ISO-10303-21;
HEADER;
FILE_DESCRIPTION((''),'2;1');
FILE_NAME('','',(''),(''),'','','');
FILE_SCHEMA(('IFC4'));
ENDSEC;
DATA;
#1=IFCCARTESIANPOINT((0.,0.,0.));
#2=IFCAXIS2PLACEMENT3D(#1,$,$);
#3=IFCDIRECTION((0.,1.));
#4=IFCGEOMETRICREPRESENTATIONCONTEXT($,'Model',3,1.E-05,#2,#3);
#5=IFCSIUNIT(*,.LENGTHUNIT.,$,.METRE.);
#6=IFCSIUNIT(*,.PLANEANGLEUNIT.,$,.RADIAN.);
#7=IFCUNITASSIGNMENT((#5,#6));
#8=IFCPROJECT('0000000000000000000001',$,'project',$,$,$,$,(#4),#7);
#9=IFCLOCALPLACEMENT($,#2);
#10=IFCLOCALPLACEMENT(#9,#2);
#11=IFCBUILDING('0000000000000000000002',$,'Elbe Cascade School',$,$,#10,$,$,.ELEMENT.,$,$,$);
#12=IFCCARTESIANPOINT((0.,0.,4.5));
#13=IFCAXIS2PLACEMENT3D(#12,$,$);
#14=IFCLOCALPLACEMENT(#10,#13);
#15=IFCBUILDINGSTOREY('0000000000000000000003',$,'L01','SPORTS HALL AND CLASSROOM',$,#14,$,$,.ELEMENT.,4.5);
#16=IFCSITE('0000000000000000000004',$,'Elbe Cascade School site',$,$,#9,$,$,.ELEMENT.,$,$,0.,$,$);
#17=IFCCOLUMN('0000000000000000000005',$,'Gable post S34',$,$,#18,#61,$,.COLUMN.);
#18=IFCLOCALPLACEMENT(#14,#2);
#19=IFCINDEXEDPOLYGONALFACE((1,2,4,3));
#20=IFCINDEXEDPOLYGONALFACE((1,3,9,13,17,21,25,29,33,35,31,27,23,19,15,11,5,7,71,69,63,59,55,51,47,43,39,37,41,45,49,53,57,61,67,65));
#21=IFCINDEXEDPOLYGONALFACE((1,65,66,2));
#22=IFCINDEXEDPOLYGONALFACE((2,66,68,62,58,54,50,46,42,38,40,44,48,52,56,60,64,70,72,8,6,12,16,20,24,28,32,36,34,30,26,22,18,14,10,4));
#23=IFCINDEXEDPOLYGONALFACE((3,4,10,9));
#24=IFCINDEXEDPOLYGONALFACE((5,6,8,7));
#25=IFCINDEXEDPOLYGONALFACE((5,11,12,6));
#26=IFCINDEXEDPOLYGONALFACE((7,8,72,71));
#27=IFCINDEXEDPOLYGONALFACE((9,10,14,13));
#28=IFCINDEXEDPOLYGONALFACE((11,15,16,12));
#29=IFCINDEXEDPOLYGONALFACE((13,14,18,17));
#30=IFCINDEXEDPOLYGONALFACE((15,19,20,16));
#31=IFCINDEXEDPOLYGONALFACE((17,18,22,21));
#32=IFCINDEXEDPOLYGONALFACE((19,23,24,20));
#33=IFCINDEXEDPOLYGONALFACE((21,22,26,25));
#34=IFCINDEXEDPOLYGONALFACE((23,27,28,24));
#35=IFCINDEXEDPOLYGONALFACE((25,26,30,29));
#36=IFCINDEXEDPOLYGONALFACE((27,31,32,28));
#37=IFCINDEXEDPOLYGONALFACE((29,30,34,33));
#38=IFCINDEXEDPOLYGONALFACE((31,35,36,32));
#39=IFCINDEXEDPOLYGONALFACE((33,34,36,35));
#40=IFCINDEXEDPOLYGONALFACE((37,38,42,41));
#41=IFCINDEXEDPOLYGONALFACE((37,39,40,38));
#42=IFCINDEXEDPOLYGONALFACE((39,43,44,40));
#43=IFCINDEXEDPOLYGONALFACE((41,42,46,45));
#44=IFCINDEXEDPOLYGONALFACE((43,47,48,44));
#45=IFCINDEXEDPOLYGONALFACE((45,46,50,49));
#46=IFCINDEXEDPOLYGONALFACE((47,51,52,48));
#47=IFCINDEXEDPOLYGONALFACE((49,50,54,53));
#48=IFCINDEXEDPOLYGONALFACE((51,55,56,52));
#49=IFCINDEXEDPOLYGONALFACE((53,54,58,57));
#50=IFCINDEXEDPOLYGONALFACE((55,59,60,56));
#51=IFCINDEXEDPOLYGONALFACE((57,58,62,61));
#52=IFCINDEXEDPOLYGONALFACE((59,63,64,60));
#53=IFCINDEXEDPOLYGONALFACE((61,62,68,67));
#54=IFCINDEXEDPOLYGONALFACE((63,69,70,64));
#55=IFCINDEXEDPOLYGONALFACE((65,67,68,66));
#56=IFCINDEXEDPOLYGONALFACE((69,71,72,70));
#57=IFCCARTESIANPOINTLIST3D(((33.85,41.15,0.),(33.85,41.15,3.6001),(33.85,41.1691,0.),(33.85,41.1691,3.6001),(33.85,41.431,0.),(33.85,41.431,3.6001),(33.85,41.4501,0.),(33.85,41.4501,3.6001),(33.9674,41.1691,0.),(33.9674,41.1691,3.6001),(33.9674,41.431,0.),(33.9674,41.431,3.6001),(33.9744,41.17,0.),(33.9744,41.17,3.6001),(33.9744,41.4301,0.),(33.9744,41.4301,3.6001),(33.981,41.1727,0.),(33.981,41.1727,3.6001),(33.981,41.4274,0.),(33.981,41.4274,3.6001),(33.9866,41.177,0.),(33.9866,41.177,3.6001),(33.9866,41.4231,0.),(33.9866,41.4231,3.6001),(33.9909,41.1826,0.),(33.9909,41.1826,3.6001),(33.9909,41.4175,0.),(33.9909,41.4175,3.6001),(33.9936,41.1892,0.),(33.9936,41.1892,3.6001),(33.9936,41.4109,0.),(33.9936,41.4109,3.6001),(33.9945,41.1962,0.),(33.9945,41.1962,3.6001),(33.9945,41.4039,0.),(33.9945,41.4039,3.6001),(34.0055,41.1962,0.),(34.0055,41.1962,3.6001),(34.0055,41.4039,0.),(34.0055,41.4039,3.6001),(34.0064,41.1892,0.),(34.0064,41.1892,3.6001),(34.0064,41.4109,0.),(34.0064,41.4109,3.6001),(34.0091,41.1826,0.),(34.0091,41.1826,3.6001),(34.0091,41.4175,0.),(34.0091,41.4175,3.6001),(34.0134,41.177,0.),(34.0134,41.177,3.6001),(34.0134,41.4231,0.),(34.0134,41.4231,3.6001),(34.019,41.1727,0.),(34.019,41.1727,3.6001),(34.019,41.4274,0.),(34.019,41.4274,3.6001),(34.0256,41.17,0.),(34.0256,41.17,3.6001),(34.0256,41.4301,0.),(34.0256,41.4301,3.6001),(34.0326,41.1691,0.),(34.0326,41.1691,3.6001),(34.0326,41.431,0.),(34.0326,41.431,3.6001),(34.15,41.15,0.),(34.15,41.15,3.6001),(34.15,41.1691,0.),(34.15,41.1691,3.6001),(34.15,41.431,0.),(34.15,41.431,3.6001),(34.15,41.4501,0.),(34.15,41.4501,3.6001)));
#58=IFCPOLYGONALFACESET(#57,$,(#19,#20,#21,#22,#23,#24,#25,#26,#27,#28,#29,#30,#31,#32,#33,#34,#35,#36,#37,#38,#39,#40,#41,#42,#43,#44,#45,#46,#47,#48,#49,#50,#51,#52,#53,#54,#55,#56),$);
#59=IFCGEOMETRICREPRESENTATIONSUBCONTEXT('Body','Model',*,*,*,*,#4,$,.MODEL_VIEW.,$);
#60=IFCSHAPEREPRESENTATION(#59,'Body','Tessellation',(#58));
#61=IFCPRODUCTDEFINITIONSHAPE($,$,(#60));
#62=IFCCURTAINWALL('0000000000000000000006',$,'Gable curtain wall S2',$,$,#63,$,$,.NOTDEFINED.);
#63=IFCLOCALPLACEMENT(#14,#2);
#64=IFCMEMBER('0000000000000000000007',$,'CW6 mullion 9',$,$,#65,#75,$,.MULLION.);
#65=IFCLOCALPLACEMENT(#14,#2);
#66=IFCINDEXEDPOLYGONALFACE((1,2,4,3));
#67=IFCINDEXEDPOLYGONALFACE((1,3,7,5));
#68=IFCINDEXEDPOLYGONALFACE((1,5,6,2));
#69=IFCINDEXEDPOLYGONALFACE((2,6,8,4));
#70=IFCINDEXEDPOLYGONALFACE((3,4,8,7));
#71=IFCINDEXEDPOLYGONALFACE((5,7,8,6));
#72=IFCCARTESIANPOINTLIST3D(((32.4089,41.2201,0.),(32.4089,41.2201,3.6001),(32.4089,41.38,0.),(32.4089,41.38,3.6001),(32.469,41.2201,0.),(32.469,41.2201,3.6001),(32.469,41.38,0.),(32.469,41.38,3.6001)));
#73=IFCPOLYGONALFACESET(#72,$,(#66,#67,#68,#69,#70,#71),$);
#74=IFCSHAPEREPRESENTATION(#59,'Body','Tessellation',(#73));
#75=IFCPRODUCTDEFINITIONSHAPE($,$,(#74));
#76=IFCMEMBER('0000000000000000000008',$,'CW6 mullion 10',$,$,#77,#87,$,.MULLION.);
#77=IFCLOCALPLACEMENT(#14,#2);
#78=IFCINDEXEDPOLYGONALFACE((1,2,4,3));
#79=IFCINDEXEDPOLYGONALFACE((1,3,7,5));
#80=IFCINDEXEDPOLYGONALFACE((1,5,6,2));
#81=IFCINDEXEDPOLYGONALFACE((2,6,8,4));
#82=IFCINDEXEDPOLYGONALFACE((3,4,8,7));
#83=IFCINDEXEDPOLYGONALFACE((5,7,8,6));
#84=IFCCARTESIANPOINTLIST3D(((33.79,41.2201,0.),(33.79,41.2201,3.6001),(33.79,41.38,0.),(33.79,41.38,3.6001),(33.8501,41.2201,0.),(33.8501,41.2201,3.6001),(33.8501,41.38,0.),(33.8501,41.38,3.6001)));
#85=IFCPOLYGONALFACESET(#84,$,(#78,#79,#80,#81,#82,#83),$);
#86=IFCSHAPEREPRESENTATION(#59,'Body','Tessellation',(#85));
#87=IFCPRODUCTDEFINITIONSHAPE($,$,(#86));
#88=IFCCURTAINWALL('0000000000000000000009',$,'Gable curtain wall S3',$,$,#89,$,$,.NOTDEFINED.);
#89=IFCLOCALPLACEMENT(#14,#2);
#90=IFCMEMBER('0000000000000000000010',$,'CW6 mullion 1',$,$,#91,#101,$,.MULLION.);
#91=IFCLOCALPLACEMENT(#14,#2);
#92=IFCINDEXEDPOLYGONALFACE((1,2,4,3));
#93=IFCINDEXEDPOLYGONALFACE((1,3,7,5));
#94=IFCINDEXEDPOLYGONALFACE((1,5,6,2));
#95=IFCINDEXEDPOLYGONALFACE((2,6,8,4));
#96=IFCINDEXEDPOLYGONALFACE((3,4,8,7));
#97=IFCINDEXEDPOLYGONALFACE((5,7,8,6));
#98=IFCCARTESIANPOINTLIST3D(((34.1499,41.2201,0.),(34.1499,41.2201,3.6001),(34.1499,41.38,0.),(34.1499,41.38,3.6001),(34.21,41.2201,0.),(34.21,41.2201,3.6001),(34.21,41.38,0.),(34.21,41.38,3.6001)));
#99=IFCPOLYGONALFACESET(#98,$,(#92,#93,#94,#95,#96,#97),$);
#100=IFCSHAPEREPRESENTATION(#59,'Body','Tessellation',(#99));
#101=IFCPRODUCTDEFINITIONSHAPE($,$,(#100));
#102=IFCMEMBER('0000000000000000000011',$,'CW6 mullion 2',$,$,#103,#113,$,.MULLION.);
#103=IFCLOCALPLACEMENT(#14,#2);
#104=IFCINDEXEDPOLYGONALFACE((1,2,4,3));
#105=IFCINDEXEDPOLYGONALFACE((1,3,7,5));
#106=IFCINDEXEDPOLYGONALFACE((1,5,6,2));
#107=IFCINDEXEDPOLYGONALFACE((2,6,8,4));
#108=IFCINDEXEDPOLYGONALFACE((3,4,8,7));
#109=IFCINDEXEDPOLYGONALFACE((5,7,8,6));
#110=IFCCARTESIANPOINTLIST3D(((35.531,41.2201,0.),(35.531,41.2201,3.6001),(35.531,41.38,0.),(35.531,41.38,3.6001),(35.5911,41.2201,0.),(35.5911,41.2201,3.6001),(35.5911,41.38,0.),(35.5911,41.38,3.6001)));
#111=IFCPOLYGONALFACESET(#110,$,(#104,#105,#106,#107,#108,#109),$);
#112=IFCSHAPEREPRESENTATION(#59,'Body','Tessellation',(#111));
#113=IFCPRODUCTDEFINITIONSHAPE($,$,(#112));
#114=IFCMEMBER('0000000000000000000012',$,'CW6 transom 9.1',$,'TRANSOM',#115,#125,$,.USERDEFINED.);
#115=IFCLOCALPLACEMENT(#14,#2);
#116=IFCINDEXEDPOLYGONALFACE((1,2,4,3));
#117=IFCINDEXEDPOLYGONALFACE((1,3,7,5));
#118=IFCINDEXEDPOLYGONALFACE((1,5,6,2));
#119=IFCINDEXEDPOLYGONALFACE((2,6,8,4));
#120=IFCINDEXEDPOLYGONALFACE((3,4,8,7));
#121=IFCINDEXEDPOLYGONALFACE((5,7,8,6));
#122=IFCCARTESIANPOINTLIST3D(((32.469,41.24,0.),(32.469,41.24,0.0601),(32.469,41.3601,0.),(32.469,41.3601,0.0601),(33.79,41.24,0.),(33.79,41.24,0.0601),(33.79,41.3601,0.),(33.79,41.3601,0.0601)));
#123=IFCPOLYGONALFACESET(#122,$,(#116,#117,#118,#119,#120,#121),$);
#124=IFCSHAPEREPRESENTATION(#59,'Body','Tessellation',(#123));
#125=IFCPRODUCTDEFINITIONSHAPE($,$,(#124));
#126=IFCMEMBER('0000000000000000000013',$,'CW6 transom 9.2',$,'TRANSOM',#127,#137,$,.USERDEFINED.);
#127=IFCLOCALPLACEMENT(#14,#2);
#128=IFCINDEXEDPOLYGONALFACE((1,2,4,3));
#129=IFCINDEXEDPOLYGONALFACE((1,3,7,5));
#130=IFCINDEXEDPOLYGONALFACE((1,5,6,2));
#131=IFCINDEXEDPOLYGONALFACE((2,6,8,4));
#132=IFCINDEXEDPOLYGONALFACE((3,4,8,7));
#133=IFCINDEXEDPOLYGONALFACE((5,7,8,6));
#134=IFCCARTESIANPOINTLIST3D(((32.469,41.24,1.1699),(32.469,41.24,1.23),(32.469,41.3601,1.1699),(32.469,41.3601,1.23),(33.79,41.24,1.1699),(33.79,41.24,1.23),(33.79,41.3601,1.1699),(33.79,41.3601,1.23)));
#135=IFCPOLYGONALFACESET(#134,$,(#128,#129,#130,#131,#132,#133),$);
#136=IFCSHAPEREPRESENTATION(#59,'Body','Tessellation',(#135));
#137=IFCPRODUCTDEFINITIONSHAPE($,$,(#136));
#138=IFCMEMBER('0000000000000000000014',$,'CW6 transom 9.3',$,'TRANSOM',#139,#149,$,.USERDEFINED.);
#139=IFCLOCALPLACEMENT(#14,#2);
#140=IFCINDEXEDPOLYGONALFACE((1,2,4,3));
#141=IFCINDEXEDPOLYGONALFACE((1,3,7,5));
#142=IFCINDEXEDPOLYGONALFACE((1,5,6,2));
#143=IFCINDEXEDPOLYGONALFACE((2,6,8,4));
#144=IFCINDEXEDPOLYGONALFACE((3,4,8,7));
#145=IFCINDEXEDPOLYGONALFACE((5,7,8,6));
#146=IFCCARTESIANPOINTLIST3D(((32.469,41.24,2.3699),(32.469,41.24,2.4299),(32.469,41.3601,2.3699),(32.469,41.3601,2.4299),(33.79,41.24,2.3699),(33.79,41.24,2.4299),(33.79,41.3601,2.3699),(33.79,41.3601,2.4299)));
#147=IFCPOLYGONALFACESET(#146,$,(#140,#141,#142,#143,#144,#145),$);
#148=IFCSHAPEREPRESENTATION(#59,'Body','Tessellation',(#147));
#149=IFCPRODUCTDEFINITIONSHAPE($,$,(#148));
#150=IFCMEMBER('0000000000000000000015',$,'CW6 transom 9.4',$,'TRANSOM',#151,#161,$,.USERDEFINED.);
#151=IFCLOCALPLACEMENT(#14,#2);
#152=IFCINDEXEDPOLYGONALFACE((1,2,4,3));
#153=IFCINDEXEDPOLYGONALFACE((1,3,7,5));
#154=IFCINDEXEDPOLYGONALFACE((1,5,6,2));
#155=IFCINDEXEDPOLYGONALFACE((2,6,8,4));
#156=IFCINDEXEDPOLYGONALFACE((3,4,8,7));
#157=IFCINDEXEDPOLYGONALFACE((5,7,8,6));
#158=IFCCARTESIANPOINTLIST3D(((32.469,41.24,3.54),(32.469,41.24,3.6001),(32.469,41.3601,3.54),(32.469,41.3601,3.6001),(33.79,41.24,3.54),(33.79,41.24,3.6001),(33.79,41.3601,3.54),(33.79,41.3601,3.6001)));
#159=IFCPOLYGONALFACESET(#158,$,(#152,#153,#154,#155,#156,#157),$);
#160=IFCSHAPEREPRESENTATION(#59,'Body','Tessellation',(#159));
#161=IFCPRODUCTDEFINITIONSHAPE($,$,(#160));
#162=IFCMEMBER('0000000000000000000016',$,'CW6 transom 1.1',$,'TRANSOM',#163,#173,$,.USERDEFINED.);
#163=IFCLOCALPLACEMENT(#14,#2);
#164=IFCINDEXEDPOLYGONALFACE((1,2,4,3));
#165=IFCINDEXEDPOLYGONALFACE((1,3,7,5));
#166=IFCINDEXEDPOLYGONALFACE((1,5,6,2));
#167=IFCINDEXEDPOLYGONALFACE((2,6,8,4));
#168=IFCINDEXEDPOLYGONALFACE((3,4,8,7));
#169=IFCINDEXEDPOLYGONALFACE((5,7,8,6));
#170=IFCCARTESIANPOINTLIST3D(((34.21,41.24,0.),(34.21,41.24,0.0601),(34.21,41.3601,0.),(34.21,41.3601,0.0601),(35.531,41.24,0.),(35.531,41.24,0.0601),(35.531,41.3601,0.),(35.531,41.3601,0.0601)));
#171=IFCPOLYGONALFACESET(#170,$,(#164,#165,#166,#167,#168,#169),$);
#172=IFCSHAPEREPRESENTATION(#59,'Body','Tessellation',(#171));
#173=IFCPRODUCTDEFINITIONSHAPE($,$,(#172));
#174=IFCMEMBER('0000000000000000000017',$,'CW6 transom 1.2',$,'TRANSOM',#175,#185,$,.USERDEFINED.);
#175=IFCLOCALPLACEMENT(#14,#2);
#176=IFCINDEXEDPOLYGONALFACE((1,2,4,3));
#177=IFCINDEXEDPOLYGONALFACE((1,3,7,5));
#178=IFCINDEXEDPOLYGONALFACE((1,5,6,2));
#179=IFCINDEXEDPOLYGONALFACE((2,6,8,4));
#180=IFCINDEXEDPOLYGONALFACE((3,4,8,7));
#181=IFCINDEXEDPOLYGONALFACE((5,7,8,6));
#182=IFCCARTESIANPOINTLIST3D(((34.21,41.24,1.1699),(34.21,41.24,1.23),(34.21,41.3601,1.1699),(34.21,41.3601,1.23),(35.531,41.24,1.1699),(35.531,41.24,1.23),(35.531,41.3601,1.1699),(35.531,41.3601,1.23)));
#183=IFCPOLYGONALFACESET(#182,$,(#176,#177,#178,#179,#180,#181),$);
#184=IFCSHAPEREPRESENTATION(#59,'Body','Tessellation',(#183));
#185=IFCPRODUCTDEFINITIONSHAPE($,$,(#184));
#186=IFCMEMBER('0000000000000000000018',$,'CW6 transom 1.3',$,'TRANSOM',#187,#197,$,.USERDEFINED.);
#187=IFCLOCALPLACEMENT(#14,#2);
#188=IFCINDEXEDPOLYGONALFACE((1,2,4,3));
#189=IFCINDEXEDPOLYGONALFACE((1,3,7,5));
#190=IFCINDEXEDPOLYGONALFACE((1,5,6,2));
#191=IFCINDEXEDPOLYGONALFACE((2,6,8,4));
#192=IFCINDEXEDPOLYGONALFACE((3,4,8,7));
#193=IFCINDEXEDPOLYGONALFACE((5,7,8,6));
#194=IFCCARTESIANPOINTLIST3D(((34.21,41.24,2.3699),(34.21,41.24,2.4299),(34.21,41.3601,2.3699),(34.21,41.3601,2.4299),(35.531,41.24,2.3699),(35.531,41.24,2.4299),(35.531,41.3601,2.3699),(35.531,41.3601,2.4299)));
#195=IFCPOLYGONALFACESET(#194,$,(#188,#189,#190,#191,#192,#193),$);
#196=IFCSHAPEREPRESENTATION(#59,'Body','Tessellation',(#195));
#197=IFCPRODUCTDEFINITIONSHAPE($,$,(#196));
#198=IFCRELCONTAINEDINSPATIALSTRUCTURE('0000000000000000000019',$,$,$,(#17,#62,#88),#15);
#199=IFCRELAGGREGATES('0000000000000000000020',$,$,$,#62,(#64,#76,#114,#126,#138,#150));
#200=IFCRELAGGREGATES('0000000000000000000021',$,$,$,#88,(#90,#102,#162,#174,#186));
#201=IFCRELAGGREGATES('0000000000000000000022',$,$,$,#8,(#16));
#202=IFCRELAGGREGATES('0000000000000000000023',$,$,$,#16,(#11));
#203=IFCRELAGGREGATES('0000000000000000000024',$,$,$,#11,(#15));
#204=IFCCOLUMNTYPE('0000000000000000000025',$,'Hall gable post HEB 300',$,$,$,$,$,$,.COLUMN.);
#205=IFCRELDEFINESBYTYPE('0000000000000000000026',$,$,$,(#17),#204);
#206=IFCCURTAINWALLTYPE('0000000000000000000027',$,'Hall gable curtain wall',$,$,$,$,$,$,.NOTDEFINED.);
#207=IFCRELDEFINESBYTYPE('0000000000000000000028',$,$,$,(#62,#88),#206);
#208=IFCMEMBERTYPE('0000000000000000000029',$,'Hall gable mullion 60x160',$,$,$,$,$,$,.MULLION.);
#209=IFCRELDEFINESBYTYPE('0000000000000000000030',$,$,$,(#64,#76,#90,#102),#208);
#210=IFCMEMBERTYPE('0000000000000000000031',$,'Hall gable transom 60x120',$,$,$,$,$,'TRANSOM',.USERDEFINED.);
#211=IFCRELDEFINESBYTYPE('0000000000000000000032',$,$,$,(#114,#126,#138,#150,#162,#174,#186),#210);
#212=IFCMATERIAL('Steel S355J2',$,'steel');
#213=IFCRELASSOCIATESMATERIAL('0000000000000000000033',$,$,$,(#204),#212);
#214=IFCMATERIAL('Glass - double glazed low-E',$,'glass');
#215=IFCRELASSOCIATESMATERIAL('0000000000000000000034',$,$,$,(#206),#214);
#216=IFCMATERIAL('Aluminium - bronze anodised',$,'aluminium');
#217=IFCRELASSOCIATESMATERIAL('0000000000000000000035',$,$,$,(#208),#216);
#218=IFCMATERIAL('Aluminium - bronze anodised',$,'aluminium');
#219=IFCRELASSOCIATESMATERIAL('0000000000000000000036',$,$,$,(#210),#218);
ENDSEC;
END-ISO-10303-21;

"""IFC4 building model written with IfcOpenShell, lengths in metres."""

from ifc_helpers import new_model, si_unit, direction, frame, origin, origin_2d, place, context, subcontext, project, spatial, rectangle, i_section, extrude, material, material_profile, profile_set, type_object, element, aggregate, save


model = new_model("IFC4")

# Units and contexts
model_context = context("Model", 3, precision=1e-05, world=origin(), true_north=direction((0.0, 1.0)))
body_context = subcontext(model_context, "Body", "Model", "MODEL_VIEW")
ifc_project = project(units=[si_unit("LENGTHUNIT", "METRE"), si_unit("PLANEANGLEUNIT", "RADIAN")], contexts=[model_context])

# Site, building, storey
site_placement = place(None, origin())
site = spatial("IfcSite", under=ifc_project, at=site_placement, Name="Elbe Cascade School site", CompositionType="ELEMENT", RefElevation=0.0)
building_placement = place(site_placement, origin())
building = spatial("IfcBuilding", under=site, at=building_placement, Name="Elbe Cascade School", CompositionType="ELEMENT")
storey_placement = place(building_placement, frame((0.0, 0.0, 4.5)))
storey = spatial("IfcBuildingStorey", under=building, at=storey_placement, Name="L01", Description="SPORTS HALL AND CLASSROOM", CompositionType="ELEMENT", Elevation=4.5)

# Column
ifc_material_1 = material(Name="Steel S355J2", Category="steel")
ifc_material_profile_1 = material_profile(ifc_material_1, i_section(OverallWidth=0.3, OverallDepth=0.3, WebThickness=0.011, FlangeThickness=0.019, FilletRadius=0.0271, at=origin_2d()), Name="HEB 300")
ifc_profile_set_1 = profile_set([ifc_material_profile_1], Name="Steel S355J2")
column_type = type_object("IfcColumnType", Name="Hall gable post HEB 300", PredefinedType="COLUMN", material=ifc_profile_set_1)
column_placement = place(storey_placement, frame((34.0, 41.3, 0.0), z_axis=(0.0, 0.0, 1.0), x_axis=(1.0, 0.0, 0.0)))
element("IfcColumn", 1, at=column_placement, inside=storey, type_object=column_type, Name="Gable post S34", PredefinedType="COLUMN", context=body_context, shape_type="SweptSolid", body=[
    extrude(i_section(OverallWidth=0.3, OverallDepth=0.3, WebThickness=0.011, FlangeThickness=0.019, FilletRadius=0.0271, at=origin_2d()), origin(), (0.0, 0.0, 1.0), 3.6001),
])

# Curtain walls, members
ifc_material_2 = material(Name="Glass - double glazed low-E", Category="glass")
curtain_wall_type = type_object("IfcCurtainWallType", Name="Hall gable curtain wall", PredefinedType="NOTDEFINED", material=ifc_material_2)
curtain_wall_1_placement = place(storey_placement, origin())
curtain_wall_1 = element("IfcCurtainWall", 2, at=curtain_wall_1_placement, inside=storey, type_object=curtain_wall_type, Name="Gable curtain wall S2", PredefinedType="NOTDEFINED")
ifc_material_3 = material(Name="Aluminium - bronze anodised", Category="aluminium")
ifc_material_profile_2 = material_profile(ifc_material_3, rectangle(XDim=0.1599, YDim=0.0601, at=origin_2d()), Name="Alu 60x160")
ifc_profile_set_2 = profile_set([ifc_material_profile_2], Name="Aluminium - bronze anodised")
member_type_1 = type_object("IfcMemberType", Name="Hall gable mullion 60x160", PredefinedType="MULLION", material=ifc_profile_set_2)
member_1_placement = place(storey_placement, frame((32.439, 41.3, 0.0), z_axis=(0.0, 0.0, 1.0), x_axis=(0.0, 1.0, 0.0)))
member_1 = element("IfcMember", 3, at=member_1_placement, type_object=member_type_1, Name="CW6 mullion 9", PredefinedType="MULLION", context=body_context, shape_type="SweptSolid", body=[
    extrude(rectangle(XDim=0.1599, YDim=0.0601, at=origin_2d()), origin(), (0.0, 0.0, 1.0), 3.6001),
])
member_2_placement = place(storey_placement, frame((33.8201, 41.3, 0.0), z_axis=(0.0, 0.0, 1.0), x_axis=(0.0, 1.0, 0.0)))
member_2 = element("IfcMember", 4, at=member_2_placement, type_object=member_type_1, Name="CW6 mullion 10", PredefinedType="MULLION", context=body_context, shape_type="SweptSolid", body=[
    extrude(rectangle(XDim=0.1599, YDim=0.0601, at=origin_2d()), origin(), (0.0, 0.0, 1.0), 3.6001),
])
curtain_wall_2_placement = place(storey_placement, origin())
curtain_wall_2 = element("IfcCurtainWall", 5, at=curtain_wall_2_placement, inside=storey, type_object=curtain_wall_type, Name="Gable curtain wall S3", PredefinedType="NOTDEFINED")
member_3_placement = place(storey_placement, frame((34.1799, 41.3, 0.0), z_axis=(0.0, 0.0, 1.0), x_axis=(0.0, 1.0, 0.0)))
member_3 = element("IfcMember", 6, at=member_3_placement, type_object=member_type_1, Name="CW6 mullion 1", PredefinedType="MULLION", context=body_context, shape_type="SweptSolid", body=[
    extrude(rectangle(XDim=0.1599, YDim=0.0601, at=origin_2d()), origin(), (0.0, 0.0, 1.0), 3.6001),
])
member_4_placement = place(storey_placement, frame((35.561, 41.3, 0.0), z_axis=(0.0, 0.0, 1.0), x_axis=(0.0, 1.0, 0.0)))
member_4 = element("IfcMember", 7, at=member_4_placement, type_object=member_type_1, Name="CW6 mullion 2", PredefinedType="MULLION", context=body_context, shape_type="SweptSolid", body=[
    extrude(rectangle(XDim=0.1599, YDim=0.0601, at=origin_2d()), origin(), (0.0, 0.0, 1.0), 3.6001),
])

# Members
ifc_material_4 = material(Name="Aluminium - bronze anodised", Category="aluminium")
ifc_material_profile_3 = material_profile(ifc_material_4, rectangle(XDim=0.1201, YDim=0.0601, at=origin_2d()), Name="Alu 60x120")
ifc_profile_set_3 = profile_set([ifc_material_profile_3], Name="Aluminium - bronze anodised")
member_type_2 = type_object("IfcMemberType", Name="Hall gable transom 60x120", ElementType="TRANSOM", PredefinedType="USERDEFINED", material=ifc_profile_set_3)
member_5_placement = place(storey_placement, frame((32.469, 41.3, 0.03), z_axis=(1.0, 0.0, 0.0), x_axis=(0.0, 1.0, 0.0)))
member_5 = element("IfcMember", 8, at=member_5_placement, type_object=member_type_2, Name="CW6 transom 9.1", ObjectType="TRANSOM", PredefinedType="USERDEFINED", context=body_context, shape_type="SweptSolid", body=[
    extrude(rectangle(XDim=0.1201, YDim=0.0601, at=origin_2d()), origin(), (0.0, 0.0, 1.0), 1.321),
])
member_6_placement = place(storey_placement, frame((32.469, 41.3, 1.2), z_axis=(1.0, 0.0, 0.0), x_axis=(0.0, 1.0, 0.0)))
member_6 = element("IfcMember", 9, at=member_6_placement, type_object=member_type_2, Name="CW6 transom 9.2", ObjectType="TRANSOM", PredefinedType="USERDEFINED", context=body_context, shape_type="SweptSolid", body=[
    extrude(rectangle(XDim=0.1201, YDim=0.0601, at=origin_2d()), origin(), (0.0, 0.0, 1.0), 1.321),
])
member_7_placement = place(storey_placement, frame((32.469, 41.3, 2.3999), z_axis=(1.0, 0.0, 0.0), x_axis=(0.0, 1.0, 0.0)))
member_7 = element("IfcMember", 10, at=member_7_placement, type_object=member_type_2, Name="CW6 transom 9.3", ObjectType="TRANSOM", PredefinedType="USERDEFINED", context=body_context, shape_type="SweptSolid", body=[
    extrude(rectangle(XDim=0.1201, YDim=0.0601, at=origin_2d()), origin(), (0.0, 0.0, 1.0), 1.321),
])
member_8_placement = place(storey_placement, frame((32.469, 41.3, 3.5701), z_axis=(1.0, 0.0, 0.0), x_axis=(0.0, 1.0, 0.0)))
member_8 = element("IfcMember", 11, at=member_8_placement, type_object=member_type_2, Name="CW6 transom 9.4", ObjectType="TRANSOM", PredefinedType="USERDEFINED", context=body_context, shape_type="SweptSolid", body=[
    extrude(rectangle(XDim=0.1201, YDim=0.0601, at=origin_2d()), origin(), (0.0, 0.0, 1.0), 1.321),
])
member_9_placement = place(storey_placement, frame((34.21, 41.3, 0.03), z_axis=(1.0, 0.0, 0.0), x_axis=(0.0, 1.0, 0.0)))
member_9 = element("IfcMember", 12, at=member_9_placement, type_object=member_type_2, Name="CW6 transom 1.1", ObjectType="TRANSOM", PredefinedType="USERDEFINED", context=body_context, shape_type="SweptSolid", body=[
    extrude(rectangle(XDim=0.1201, YDim=0.0601, at=origin_2d()), origin(), (0.0, 0.0, 1.0), 1.321),
])
member_10_placement = place(storey_placement, frame((34.21, 41.3, 1.2), z_axis=(1.0, 0.0, 0.0), x_axis=(0.0, 1.0, 0.0)))
member_10 = element("IfcMember", 13, at=member_10_placement, type_object=member_type_2, Name="CW6 transom 1.2", ObjectType="TRANSOM", PredefinedType="USERDEFINED", context=body_context, shape_type="SweptSolid", body=[
    extrude(rectangle(XDim=0.1201, YDim=0.0601, at=origin_2d()), origin(), (0.0, 0.0, 1.0), 1.321),
])
member_11_placement = place(storey_placement, frame((34.21, 41.3, 2.3999), z_axis=(1.0, 0.0, 0.0), x_axis=(0.0, 1.0, 0.0)))
member_11 = element("IfcMember", 14, at=member_11_placement, type_object=member_type_2, Name="CW6 transom 1.3", ObjectType="TRANSOM", PredefinedType="USERDEFINED", context=body_context, shape_type="SweptSolid", body=[
    extrude(rectangle(XDim=0.1201, YDim=0.0601, at=origin_2d()), origin(), (0.0, 0.0, 1.0), 1.321),
])

aggregate(curtain_wall_1, [member_1, member_2, member_5, member_6, member_7, member_8])
aggregate(curtain_wall_2, [member_3, member_4, member_9, member_10, member_11])

save(model, "model.ifc")
